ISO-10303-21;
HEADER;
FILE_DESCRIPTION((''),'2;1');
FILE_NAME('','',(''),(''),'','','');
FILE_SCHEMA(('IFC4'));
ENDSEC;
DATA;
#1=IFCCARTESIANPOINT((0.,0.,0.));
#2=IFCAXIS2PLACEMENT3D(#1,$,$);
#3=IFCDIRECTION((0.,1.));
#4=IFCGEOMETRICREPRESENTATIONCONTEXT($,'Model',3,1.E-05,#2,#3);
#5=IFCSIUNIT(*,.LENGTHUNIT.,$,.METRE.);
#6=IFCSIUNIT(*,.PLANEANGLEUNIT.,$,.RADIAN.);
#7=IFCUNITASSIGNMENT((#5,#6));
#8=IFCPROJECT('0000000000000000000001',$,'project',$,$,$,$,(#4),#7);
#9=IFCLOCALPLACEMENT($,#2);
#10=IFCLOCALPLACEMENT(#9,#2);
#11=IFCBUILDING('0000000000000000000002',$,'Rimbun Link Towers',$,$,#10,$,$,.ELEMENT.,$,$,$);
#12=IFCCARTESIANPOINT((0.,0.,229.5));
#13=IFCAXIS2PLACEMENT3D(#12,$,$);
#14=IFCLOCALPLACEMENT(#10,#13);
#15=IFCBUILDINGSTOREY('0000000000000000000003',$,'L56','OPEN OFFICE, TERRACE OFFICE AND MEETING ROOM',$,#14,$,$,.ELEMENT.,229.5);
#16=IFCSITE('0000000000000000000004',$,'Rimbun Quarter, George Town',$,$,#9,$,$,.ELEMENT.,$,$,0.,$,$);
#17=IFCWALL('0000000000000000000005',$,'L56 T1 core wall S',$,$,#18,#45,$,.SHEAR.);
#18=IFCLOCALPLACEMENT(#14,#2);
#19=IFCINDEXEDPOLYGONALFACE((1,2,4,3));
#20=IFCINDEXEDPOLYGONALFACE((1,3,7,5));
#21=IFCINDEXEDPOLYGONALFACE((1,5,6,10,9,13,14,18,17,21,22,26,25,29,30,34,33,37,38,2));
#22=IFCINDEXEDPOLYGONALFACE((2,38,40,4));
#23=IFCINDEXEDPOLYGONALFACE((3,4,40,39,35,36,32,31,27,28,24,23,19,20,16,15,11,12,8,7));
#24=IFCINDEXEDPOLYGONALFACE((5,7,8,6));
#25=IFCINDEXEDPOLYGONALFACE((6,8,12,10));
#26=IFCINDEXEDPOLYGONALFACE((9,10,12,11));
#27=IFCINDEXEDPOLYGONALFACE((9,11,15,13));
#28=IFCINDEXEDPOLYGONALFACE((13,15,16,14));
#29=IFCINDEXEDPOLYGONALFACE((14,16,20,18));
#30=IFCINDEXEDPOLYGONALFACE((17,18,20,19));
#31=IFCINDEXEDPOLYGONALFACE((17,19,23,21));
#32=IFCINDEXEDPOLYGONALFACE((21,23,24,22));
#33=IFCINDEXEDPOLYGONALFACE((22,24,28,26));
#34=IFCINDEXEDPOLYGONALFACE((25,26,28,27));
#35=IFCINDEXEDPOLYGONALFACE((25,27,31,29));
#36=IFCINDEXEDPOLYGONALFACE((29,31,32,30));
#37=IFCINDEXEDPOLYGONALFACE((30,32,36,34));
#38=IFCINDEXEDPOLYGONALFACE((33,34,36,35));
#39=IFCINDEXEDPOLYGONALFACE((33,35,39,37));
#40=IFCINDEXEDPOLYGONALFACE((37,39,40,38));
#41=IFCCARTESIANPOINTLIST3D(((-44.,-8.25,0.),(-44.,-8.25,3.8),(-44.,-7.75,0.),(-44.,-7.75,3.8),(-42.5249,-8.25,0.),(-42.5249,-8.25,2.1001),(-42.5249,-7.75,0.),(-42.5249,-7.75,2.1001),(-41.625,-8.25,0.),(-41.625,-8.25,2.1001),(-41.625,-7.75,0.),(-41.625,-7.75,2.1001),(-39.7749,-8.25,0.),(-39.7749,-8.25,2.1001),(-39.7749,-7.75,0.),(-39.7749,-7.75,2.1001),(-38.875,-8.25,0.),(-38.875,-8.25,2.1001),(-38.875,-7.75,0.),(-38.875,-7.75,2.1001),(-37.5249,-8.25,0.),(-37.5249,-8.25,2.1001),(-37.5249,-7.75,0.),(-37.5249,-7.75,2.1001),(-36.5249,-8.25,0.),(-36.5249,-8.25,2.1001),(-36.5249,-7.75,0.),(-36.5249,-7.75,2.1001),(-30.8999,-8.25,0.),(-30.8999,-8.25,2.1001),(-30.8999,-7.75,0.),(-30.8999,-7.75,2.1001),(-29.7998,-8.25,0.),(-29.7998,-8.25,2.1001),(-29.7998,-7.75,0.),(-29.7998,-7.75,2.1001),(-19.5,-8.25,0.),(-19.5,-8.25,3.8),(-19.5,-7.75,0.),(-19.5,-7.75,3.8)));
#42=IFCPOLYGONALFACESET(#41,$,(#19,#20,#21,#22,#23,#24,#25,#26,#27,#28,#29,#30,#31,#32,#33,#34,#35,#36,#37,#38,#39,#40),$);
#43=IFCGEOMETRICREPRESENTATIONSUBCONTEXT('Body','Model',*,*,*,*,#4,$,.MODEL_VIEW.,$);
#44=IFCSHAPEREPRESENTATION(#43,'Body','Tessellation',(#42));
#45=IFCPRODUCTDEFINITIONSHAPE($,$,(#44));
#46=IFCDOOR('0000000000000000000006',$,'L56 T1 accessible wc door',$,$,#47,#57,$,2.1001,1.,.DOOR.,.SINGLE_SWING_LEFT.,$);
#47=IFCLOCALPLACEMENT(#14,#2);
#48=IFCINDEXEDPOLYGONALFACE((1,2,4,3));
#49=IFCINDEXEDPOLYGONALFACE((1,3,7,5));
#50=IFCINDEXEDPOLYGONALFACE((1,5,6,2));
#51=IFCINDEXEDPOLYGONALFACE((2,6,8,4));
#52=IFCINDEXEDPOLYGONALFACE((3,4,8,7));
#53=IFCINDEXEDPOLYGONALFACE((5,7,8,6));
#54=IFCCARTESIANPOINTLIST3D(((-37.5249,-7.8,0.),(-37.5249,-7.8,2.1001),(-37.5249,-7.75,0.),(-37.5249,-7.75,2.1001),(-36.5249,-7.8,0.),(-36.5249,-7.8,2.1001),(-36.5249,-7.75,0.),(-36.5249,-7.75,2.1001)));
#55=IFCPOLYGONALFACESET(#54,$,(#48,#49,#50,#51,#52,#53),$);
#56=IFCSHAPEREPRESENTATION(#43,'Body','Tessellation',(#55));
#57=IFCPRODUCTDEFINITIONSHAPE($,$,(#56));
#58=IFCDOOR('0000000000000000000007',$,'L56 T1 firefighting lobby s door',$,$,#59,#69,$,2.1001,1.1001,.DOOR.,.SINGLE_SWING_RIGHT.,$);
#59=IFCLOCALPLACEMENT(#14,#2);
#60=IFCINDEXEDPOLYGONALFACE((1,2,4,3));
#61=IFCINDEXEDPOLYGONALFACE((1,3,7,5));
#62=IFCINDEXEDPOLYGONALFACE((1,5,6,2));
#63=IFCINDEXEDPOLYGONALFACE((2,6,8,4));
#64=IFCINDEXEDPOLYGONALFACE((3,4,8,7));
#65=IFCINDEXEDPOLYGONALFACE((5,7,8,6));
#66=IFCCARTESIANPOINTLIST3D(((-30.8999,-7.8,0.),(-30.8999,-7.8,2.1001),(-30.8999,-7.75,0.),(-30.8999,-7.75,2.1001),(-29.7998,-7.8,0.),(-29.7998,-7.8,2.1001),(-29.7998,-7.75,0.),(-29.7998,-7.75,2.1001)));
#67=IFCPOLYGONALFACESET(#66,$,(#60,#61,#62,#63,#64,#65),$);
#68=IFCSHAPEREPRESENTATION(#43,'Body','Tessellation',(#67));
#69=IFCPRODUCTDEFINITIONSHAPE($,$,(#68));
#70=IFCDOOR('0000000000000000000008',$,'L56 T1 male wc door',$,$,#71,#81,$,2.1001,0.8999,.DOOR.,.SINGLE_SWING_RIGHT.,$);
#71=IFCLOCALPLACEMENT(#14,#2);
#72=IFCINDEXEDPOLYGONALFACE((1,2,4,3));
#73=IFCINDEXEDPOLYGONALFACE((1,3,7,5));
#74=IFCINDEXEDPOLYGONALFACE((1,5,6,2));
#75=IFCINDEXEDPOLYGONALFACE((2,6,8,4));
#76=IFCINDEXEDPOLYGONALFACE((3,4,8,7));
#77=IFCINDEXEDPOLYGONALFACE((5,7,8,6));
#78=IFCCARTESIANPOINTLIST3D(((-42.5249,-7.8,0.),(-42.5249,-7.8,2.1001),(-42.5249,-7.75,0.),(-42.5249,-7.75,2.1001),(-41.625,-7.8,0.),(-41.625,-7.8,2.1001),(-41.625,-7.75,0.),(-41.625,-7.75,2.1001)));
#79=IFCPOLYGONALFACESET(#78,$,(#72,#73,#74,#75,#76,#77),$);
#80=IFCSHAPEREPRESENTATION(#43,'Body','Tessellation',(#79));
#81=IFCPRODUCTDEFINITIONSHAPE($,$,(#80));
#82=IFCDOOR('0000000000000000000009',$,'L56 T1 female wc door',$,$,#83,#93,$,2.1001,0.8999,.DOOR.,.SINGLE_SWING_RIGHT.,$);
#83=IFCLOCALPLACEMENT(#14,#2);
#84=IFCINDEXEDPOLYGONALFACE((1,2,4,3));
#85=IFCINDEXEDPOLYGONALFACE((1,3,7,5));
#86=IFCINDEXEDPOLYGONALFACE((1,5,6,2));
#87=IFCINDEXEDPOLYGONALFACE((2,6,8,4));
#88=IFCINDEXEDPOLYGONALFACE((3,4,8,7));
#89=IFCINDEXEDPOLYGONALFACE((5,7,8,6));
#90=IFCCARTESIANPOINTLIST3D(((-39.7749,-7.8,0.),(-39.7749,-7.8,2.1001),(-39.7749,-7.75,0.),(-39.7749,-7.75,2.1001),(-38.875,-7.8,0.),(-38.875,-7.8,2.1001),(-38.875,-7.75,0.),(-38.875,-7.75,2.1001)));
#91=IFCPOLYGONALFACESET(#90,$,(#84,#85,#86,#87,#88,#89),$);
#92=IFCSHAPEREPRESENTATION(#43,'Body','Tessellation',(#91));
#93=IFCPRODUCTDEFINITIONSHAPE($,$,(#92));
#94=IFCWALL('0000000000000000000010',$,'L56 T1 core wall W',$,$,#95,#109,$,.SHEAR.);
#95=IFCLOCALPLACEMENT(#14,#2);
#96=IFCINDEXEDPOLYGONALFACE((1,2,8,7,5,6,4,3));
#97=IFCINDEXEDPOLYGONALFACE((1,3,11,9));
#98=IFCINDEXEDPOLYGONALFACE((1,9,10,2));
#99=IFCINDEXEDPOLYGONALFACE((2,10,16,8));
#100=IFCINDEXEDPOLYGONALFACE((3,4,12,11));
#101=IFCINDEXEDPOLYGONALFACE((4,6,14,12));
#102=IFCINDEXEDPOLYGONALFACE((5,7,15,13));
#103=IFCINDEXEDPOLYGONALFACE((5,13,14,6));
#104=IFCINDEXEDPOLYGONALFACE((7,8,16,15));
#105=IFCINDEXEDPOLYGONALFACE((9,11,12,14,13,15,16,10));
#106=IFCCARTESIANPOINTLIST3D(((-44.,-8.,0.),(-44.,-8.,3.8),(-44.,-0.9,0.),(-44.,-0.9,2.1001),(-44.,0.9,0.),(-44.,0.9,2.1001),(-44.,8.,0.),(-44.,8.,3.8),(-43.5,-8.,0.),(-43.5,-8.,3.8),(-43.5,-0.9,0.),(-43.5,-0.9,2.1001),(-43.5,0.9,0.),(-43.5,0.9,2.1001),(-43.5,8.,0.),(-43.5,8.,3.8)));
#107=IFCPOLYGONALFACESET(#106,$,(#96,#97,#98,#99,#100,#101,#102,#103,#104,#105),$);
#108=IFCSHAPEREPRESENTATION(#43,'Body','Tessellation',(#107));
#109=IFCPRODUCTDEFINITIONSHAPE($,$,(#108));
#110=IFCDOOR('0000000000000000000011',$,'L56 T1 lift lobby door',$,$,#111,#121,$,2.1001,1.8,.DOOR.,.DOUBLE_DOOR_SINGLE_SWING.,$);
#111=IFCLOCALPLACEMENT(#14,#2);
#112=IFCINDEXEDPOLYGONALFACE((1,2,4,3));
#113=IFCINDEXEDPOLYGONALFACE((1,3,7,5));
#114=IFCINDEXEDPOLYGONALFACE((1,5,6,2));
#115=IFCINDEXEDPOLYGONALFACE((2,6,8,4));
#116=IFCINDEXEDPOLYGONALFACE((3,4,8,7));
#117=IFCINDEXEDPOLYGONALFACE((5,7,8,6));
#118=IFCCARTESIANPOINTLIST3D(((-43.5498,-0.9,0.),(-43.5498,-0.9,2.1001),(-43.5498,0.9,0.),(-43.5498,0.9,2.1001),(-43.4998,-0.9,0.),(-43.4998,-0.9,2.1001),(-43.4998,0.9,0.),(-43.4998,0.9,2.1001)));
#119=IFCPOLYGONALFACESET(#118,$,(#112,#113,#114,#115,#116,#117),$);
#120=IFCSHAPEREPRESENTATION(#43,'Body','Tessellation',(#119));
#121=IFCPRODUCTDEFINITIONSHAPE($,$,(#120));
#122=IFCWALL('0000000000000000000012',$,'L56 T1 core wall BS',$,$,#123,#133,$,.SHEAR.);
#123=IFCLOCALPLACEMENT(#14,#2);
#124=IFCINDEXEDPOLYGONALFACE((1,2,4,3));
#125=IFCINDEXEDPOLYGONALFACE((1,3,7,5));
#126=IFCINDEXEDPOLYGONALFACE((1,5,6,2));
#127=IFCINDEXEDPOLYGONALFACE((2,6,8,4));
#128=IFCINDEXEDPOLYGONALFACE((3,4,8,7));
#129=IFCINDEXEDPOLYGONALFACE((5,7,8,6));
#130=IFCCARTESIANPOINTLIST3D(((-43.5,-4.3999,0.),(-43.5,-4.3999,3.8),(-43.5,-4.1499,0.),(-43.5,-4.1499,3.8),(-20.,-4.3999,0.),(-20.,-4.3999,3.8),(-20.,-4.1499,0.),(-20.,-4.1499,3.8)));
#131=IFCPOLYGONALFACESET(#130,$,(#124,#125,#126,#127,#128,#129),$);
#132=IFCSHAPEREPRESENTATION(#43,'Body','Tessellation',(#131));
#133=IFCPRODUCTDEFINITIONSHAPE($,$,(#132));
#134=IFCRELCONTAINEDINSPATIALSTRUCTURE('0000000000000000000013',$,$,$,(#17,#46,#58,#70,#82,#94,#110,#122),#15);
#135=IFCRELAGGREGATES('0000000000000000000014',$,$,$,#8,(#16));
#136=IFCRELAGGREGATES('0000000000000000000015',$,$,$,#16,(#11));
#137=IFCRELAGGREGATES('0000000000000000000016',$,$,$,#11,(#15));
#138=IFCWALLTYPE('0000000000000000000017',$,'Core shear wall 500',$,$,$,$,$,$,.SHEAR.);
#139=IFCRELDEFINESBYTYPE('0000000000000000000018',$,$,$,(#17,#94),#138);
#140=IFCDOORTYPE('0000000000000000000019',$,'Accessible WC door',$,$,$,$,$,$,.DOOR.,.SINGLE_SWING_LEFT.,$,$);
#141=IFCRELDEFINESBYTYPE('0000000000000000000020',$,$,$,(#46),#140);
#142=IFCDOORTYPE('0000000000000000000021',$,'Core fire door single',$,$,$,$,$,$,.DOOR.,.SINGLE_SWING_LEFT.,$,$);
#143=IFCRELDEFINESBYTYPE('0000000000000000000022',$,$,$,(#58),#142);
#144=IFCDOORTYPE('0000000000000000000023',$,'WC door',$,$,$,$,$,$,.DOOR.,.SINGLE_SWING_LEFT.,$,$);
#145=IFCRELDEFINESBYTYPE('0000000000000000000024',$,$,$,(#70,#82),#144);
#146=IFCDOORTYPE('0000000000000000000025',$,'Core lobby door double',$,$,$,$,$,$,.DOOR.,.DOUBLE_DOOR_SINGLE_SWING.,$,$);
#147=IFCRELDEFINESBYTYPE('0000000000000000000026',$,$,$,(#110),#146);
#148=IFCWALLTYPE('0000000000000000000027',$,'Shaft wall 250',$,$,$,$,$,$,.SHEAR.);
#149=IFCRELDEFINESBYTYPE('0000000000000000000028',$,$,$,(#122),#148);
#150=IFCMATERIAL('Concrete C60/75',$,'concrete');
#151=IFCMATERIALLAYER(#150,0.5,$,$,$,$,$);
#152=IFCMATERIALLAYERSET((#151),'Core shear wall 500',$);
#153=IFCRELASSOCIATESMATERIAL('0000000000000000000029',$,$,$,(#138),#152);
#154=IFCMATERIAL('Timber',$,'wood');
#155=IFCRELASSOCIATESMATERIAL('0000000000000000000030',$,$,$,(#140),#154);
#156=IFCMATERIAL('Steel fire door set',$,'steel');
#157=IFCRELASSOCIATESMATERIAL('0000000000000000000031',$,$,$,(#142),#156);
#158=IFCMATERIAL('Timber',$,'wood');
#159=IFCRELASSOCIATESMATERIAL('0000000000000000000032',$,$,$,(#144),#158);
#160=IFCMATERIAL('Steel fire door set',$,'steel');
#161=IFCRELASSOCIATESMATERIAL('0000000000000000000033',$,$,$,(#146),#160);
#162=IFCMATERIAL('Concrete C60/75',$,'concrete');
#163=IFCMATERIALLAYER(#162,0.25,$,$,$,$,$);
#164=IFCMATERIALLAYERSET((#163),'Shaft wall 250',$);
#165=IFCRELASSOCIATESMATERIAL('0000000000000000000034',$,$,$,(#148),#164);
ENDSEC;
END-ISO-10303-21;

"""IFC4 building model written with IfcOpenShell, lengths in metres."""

from ifc_helpers import new_model, si_unit, direction, frame, frame_2d, origin, place, context, subcontext, project, spatial, rectangle, extrude, material, layer, layer_set, type_object, element, fill, save


model = new_model("IFC4")

# Units and contexts
model_context = context("Model", 3, precision=1e-05, world=origin(), true_north=direction((0.0, 1.0)))
body_context = subcontext(model_context, "Body", "Model", "MODEL_VIEW")
ifc_project = project(units=[si_unit("LENGTHUNIT", "METRE"), si_unit("PLANEANGLEUNIT", "RADIAN")], contexts=[model_context])

# Site, building, storey
site_placement = place(None, origin())
site = spatial("IfcSite", under=ifc_project, at=site_placement, Name="Rimbun Quarter, George Town", CompositionType="ELEMENT", RefElevation=0.0)
building_placement = place(site_placement, origin())
building = spatial("IfcBuilding", under=site, at=building_placement, Name="Rimbun Link Towers", CompositionType="ELEMENT")
storey_placement = place(building_placement, frame((0.0, 0.0, 229.5)))
storey = spatial("IfcBuildingStorey", under=building, at=storey_placement, Name="L56", Description="OPEN OFFICE, TERRACE OFFICE AND MEETING ROOM", CompositionType="ELEMENT", Elevation=229.5)

# Wall, openings, doors
ifc_material_1 = material(Name="Concrete C60/75", Category="concrete")
ifc_layer_1 = layer(ifc_material_1, 0.5)
ifc_layer_set_1 = layer_set([ifc_layer_1], Name="Core shear wall 500")
wall_type_1 = type_object("IfcWallType", Name="Core shear wall 500", PredefinedType="SHEAR", material=ifc_layer_set_1)
wall_1_placement = place(storey_placement, frame((-44.0, -8.0, 0.0), z_axis=(0.0, 0.0, 1.0), x_axis=(1.0, 0.0, 0.0)))
wall_1 = element("IfcWall", 1, at=wall_1_placement, inside=storey, type_object=wall_type_1, Name="L56 T1 core wall S", PredefinedType="SHEAR", context=body_context, shape_type="SweptSolid", body=[
    extrude(rectangle(XDim=24.5, YDim=0.5, at=frame_2d((12.25, 0.0))), origin(), (0.0, 0.0, 1.0), 3.8),
])
opening_1_placement = place(wall_1_placement, frame((13.1001, 0.0, 0.0)))
opening_1 = element("IfcOpeningElement", 2, at=opening_1_placement, cuts=wall_1, PredefinedType="OPENING", context=body_context, shape_type="SweptSolid", body=[
    extrude(rectangle(XDim=1.1001, YDim=2.1001, at=frame_2d((0.55, 1.05))), frame((0.0, 0.26, 0.0), z_axis=(0.0, -1.0, 0.0), x_axis=(1.0, 0.0, 0.0)), (0.0, 0.0, 1.0), 0.52),
])
opening_2_placement = place(wall_1_placement, frame((1.4751, 0.0, 0.0)))
opening_2 = element("IfcOpeningElement", 3, at=opening_2_placement, cuts=wall_1, PredefinedType="OPENING", context=body_context, shape_type="SweptSolid", body=[
    extrude(rectangle(XDim=0.8999, YDim=2.1001, at=frame_2d((0.45, 1.05))), frame((0.0, 0.26, 0.0), z_axis=(0.0, -1.0, 0.0), x_axis=(1.0, 0.0, 0.0)), (0.0, 0.0, 1.0), 0.52),
])
opening_3_placement = place(wall_1_placement, frame((4.2251, 0.0, 0.0)))
opening_3 = element("IfcOpeningElement", 4, at=opening_3_placement, cuts=wall_1, PredefinedType="OPENING", context=body_context, shape_type="SweptSolid", body=[
    extrude(rectangle(XDim=0.8999, YDim=2.1001, at=frame_2d((0.45, 1.05))), frame((0.0, 0.26, 0.0), z_axis=(0.0, -1.0, 0.0), x_axis=(1.0, 0.0, 0.0)), (0.0, 0.0, 1.0), 0.52),
])
opening_4_placement = place(wall_1_placement, frame((6.4751, 0.0, 0.0)))
opening_4 = element("IfcOpeningElement", 5, at=opening_4_placement, cuts=wall_1, PredefinedType="OPENING", context=body_context, shape_type="SweptSolid", body=[
    extrude(rectangle(XDim=1.0, YDim=2.1001, at=frame_2d((0.5, 1.05))), frame((0.0, 0.26, 0.0), z_axis=(0.0, -1.0, 0.0), x_axis=(1.0, 0.0, 0.0)), (0.0, 0.0, 1.0), 0.52),
])
ifc_material_2 = material(Name="Timber", Category="wood")
door_type_1 = type_object("IfcDoorType", Name="Accessible WC door", OperationType="SINGLE_SWING_LEFT", PredefinedType="DOOR", material=ifc_material_2)
door_1_placement = place(opening_4_placement, origin())
door_1 = element("IfcDoor", 6, at=door_1_placement, inside=storey, type_object=door_type_1, Name="L56 T1 accessible wc door", OperationType="SINGLE_SWING_LEFT", OverallHeight=2.1001, OverallWidth=1.0, PredefinedType="DOOR", context=body_context, shape_type="SweptSolid", body=[
    extrude(rectangle(XDim=1.0, YDim=2.1001, at=frame_2d((0.5, 1.05))), frame((0.0, 0.25, 0.0), z_axis=(0.0, -1.0, 0.0), x_axis=(1.0, 0.0, 0.0)), (0.0, 0.0, 1.0), 0.05),
])
fill(opening_4, door_1)
ifc_material_3 = material(Name="Steel fire door set", Category="steel")
door_type_2 = type_object("IfcDoorType", Name="Core fire door single", OperationType="SINGLE_SWING_LEFT", PredefinedType="DOOR", material=ifc_material_3)
door_2_placement = place(opening_1_placement, origin())
door_2 = element("IfcDoor", 7, at=door_2_placement, inside=storey, type_object=door_type_2, Name="L56 T1 firefighting lobby s door", OperationType="SINGLE_SWING_RIGHT", OverallHeight=2.1001, OverallWidth=1.1001, PredefinedType="DOOR", context=body_context, shape_type="SweptSolid", body=[
    extrude(rectangle(XDim=1.1001, YDim=2.1001, at=frame_2d((0.55, 1.05))), frame((0.0, 0.25, 0.0), z_axis=(0.0, -1.0, 0.0), x_axis=(1.0, 0.0, 0.0)), (0.0, 0.0, 1.0), 0.05),
])
fill(opening_1, door_2)
ifc_material_4 = material(Name="Timber", Category="wood")
door_type_3 = type_object("IfcDoorType", Name="WC door", OperationType="SINGLE_SWING_LEFT", PredefinedType="DOOR", material=ifc_material_4)
door_3_placement = place(opening_2_placement, origin())
door_3 = element("IfcDoor", 8, at=door_3_placement, inside=storey, type_object=door_type_3, Name="L56 T1 male wc door", OperationType="SINGLE_SWING_RIGHT", OverallHeight=2.1001, OverallWidth=0.8999, PredefinedType="DOOR", context=body_context, shape_type="SweptSolid", body=[
    extrude(rectangle(XDim=0.8999, YDim=2.1001, at=frame_2d((0.45, 1.05))), frame((0.0, 0.25, 0.0), z_axis=(0.0, -1.0, 0.0), x_axis=(1.0, 0.0, 0.0)), (0.0, 0.0, 1.0), 0.05),
])
fill(opening_2, door_3)
door_4_placement = place(opening_3_placement, origin())
door_4 = element("IfcDoor", 9, at=door_4_placement, inside=storey, type_object=door_type_3, Name="L56 T1 female wc door", OperationType="SINGLE_SWING_RIGHT", OverallHeight=2.1001, OverallWidth=0.8999, PredefinedType="DOOR", context=body_context, shape_type="SweptSolid", body=[
    extrude(rectangle(XDim=0.8999, YDim=2.1001, at=frame_2d((0.45, 1.05))), frame((0.0, 0.25, 0.0), z_axis=(0.0, -1.0, 0.0), x_axis=(1.0, 0.0, 0.0)), (0.0, 0.0, 1.0), 0.05),
])
fill(opening_3, door_4)

# Wall, opening, door
wall_2_placement = place(storey_placement, frame((-43.75, -8.0, 0.0), z_axis=(0.0, 0.0, 1.0), x_axis=(0.0, 1.0, 0.0)))
wall_2 = element("IfcWall", 10, at=wall_2_placement, inside=storey, type_object=wall_type_1, Name="L56 T1 core wall W", PredefinedType="SHEAR", context=body_context, shape_type="SweptSolid", body=[
    extrude(rectangle(XDim=16.0, YDim=0.5, at=frame_2d((8.0, 0.0))), origin(), (0.0, 0.0, 1.0), 3.8),
])
opening_5_placement = place(wall_2_placement, frame((7.1001, 0.0, 0.0)))
opening_5 = element("IfcOpeningElement", 11, at=opening_5_placement, cuts=wall_2, PredefinedType="OPENING", context=body_context, shape_type="SweptSolid", body=[
    extrude(rectangle(XDim=1.8, YDim=2.1001, at=frame_2d((0.8999, 1.05))), frame((0.0, 0.26, 0.0), z_axis=(0.0, -1.0, 0.0), x_axis=(1.0, 0.0, 0.0)), (0.0, 0.0, 1.0), 0.52),
])
ifc_material_5 = material(Name="Steel fire door set", Category="steel")
door_type_4 = type_object("IfcDoorType", Name="Core lobby door double", OperationType="DOUBLE_DOOR_SINGLE_SWING", PredefinedType="DOOR", material=ifc_material_5)
door_5_placement = place(opening_5_placement, origin())
door_5 = element("IfcDoor", 12, at=door_5_placement, inside=storey, type_object=door_type_4, Name="L56 T1 lift lobby door", OperationType="DOUBLE_DOOR_SINGLE_SWING", OverallHeight=2.1001, OverallWidth=1.8, PredefinedType="DOOR", context=body_context, shape_type="SweptSolid", body=[
    extrude(rectangle(XDim=1.8, YDim=2.1001, at=frame_2d((0.8999, 1.05))), frame((0.0, -0.2002, 0.0), z_axis=(0.0, -1.0, 0.0), x_axis=(1.0, 0.0, 0.0)), (0.0, 0.0, 1.0), 0.05),
])
fill(opening_5, door_5)

# Wall
ifc_material_6 = material(Name="Concrete C60/75", Category="concrete")
ifc_layer_2 = layer(ifc_material_6, 0.25)
ifc_layer_set_2 = layer_set([ifc_layer_2], Name="Shaft wall 250")
wall_type_2 = type_object("IfcWallType", Name="Shaft wall 250", PredefinedType="SHEAR", material=ifc_layer_set_2)
wall_3_placement = place(storey_placement, frame((-43.5, -4.2749, 0.0), z_axis=(0.0, 0.0, 1.0), x_axis=(1.0, 0.0, 0.0)))
element("IfcWall", 13, at=wall_3_placement, inside=storey, type_object=wall_type_2, Name="L56 T1 core wall BS", PredefinedType="SHEAR", context=body_context, shape_type="SweptSolid", body=[
    extrude(rectangle(XDim=23.5, YDim=0.25, at=frame_2d((11.75, 0.0))), origin(), (0.0, 0.0, 1.0), 3.8),
])

save(model, "model.ifc")
